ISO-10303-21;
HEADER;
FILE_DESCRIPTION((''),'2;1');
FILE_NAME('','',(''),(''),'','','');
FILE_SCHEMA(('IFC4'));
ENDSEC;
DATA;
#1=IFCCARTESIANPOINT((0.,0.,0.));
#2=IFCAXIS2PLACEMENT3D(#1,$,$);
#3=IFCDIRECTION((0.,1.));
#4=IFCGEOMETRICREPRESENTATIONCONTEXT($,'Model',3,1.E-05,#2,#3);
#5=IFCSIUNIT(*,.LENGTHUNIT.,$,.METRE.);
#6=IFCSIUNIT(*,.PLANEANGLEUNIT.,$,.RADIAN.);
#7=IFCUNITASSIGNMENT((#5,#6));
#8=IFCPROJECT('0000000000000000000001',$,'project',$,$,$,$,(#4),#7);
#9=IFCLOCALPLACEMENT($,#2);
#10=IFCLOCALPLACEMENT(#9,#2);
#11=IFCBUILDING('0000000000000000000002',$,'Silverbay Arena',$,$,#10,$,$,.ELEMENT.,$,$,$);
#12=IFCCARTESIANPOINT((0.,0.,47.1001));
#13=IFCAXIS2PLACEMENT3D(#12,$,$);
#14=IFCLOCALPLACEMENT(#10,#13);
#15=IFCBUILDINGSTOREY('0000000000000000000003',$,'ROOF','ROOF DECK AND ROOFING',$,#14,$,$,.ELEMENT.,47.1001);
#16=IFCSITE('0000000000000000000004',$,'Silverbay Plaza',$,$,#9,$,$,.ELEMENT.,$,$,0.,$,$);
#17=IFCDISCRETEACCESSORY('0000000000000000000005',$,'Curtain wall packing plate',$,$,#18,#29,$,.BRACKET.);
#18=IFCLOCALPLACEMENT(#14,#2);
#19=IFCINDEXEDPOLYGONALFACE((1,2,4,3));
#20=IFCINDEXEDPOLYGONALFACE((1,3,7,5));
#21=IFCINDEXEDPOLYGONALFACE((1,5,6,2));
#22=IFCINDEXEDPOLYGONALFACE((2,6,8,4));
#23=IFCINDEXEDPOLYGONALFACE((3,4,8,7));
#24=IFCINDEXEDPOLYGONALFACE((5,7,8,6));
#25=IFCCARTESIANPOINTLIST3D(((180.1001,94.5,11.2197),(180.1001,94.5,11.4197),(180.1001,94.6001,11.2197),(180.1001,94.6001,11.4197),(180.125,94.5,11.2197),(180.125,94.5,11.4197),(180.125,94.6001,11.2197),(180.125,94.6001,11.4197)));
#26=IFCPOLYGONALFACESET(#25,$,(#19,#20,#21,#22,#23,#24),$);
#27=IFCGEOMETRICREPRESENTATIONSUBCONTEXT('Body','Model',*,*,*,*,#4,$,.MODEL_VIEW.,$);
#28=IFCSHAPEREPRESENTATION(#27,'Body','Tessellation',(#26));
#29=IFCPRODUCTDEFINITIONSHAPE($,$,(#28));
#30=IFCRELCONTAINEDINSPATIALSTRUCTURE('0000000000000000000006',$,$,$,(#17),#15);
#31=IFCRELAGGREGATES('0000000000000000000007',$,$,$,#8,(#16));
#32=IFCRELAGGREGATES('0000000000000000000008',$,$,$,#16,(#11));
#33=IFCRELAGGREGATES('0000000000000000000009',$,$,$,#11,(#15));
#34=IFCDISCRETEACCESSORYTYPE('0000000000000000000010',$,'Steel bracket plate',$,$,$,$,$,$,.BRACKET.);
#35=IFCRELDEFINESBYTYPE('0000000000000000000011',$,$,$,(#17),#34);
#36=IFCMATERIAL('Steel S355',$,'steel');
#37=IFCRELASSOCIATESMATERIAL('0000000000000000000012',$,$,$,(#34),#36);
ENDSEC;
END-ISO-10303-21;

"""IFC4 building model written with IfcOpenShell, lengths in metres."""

from ifc_helpers import new_model, si_unit, direction, frame, origin, origin_2d, place, context, subcontext, project, spatial, rectangle, extrude, material, type_object, element, save


model = new_model("IFC4")

# Units and contexts
model_context = context("Model", 3, precision=1e-05, world=origin(), true_north=direction((0.0, 1.0)))
body_context = subcontext(model_context, "Body", "Model", "MODEL_VIEW")
ifc_project = project(units=[si_unit("LENGTHUNIT", "METRE"), si_unit("PLANEANGLEUNIT", "RADIAN")], contexts=[model_context])

# Site, building, storey
site_placement = place(None, origin())
site = spatial("IfcSite", under=ifc_project, at=site_placement, Name="Silverbay Plaza", CompositionType="ELEMENT", RefElevation=0.0)
building_placement = place(site_placement, origin())
building = spatial("IfcBuilding", under=site, at=building_placement, Name="Silverbay Arena", CompositionType="ELEMENT")
storey_placement = place(building_placement, frame((0.0, 0.0, 47.1001)))
storey = spatial("IfcBuildingStorey", under=building, at=storey_placement, Name="ROOF", Description="ROOF DECK AND ROOFING", CompositionType="ELEMENT", Elevation=47.1001)

# Discrete accessory
ifc_material_1 = material(Name="Steel S355", Category="steel")
discrete_accessory_type = type_object("IfcDiscreteAccessoryType", Name="Steel bracket plate", PredefinedType="BRACKET", material=ifc_material_1)
for number, where, z_axis, x_axis, name in (
    (1, (180.1125, 94.55, 11.2197), (0.0, 0.0, 1.0), (1.0, 0.0, 0.0), "Curtain wall packing plate"),
):
    element("IfcDiscreteAccessory", number, at=place(storey_placement, frame(where, z_axis=z_axis, x_axis=x_axis)), inside=storey, type_object=discrete_accessory_type, Name=name, PredefinedType="BRACKET", context=body_context, shape_type="SweptSolid", body=[
        extrude(rectangle(XDim=0.0249, YDim=0.1001, at=origin_2d()), origin(), (0.0, 0.0, 1.0), 0.2),
    ])

save(model, "model.ifc")
